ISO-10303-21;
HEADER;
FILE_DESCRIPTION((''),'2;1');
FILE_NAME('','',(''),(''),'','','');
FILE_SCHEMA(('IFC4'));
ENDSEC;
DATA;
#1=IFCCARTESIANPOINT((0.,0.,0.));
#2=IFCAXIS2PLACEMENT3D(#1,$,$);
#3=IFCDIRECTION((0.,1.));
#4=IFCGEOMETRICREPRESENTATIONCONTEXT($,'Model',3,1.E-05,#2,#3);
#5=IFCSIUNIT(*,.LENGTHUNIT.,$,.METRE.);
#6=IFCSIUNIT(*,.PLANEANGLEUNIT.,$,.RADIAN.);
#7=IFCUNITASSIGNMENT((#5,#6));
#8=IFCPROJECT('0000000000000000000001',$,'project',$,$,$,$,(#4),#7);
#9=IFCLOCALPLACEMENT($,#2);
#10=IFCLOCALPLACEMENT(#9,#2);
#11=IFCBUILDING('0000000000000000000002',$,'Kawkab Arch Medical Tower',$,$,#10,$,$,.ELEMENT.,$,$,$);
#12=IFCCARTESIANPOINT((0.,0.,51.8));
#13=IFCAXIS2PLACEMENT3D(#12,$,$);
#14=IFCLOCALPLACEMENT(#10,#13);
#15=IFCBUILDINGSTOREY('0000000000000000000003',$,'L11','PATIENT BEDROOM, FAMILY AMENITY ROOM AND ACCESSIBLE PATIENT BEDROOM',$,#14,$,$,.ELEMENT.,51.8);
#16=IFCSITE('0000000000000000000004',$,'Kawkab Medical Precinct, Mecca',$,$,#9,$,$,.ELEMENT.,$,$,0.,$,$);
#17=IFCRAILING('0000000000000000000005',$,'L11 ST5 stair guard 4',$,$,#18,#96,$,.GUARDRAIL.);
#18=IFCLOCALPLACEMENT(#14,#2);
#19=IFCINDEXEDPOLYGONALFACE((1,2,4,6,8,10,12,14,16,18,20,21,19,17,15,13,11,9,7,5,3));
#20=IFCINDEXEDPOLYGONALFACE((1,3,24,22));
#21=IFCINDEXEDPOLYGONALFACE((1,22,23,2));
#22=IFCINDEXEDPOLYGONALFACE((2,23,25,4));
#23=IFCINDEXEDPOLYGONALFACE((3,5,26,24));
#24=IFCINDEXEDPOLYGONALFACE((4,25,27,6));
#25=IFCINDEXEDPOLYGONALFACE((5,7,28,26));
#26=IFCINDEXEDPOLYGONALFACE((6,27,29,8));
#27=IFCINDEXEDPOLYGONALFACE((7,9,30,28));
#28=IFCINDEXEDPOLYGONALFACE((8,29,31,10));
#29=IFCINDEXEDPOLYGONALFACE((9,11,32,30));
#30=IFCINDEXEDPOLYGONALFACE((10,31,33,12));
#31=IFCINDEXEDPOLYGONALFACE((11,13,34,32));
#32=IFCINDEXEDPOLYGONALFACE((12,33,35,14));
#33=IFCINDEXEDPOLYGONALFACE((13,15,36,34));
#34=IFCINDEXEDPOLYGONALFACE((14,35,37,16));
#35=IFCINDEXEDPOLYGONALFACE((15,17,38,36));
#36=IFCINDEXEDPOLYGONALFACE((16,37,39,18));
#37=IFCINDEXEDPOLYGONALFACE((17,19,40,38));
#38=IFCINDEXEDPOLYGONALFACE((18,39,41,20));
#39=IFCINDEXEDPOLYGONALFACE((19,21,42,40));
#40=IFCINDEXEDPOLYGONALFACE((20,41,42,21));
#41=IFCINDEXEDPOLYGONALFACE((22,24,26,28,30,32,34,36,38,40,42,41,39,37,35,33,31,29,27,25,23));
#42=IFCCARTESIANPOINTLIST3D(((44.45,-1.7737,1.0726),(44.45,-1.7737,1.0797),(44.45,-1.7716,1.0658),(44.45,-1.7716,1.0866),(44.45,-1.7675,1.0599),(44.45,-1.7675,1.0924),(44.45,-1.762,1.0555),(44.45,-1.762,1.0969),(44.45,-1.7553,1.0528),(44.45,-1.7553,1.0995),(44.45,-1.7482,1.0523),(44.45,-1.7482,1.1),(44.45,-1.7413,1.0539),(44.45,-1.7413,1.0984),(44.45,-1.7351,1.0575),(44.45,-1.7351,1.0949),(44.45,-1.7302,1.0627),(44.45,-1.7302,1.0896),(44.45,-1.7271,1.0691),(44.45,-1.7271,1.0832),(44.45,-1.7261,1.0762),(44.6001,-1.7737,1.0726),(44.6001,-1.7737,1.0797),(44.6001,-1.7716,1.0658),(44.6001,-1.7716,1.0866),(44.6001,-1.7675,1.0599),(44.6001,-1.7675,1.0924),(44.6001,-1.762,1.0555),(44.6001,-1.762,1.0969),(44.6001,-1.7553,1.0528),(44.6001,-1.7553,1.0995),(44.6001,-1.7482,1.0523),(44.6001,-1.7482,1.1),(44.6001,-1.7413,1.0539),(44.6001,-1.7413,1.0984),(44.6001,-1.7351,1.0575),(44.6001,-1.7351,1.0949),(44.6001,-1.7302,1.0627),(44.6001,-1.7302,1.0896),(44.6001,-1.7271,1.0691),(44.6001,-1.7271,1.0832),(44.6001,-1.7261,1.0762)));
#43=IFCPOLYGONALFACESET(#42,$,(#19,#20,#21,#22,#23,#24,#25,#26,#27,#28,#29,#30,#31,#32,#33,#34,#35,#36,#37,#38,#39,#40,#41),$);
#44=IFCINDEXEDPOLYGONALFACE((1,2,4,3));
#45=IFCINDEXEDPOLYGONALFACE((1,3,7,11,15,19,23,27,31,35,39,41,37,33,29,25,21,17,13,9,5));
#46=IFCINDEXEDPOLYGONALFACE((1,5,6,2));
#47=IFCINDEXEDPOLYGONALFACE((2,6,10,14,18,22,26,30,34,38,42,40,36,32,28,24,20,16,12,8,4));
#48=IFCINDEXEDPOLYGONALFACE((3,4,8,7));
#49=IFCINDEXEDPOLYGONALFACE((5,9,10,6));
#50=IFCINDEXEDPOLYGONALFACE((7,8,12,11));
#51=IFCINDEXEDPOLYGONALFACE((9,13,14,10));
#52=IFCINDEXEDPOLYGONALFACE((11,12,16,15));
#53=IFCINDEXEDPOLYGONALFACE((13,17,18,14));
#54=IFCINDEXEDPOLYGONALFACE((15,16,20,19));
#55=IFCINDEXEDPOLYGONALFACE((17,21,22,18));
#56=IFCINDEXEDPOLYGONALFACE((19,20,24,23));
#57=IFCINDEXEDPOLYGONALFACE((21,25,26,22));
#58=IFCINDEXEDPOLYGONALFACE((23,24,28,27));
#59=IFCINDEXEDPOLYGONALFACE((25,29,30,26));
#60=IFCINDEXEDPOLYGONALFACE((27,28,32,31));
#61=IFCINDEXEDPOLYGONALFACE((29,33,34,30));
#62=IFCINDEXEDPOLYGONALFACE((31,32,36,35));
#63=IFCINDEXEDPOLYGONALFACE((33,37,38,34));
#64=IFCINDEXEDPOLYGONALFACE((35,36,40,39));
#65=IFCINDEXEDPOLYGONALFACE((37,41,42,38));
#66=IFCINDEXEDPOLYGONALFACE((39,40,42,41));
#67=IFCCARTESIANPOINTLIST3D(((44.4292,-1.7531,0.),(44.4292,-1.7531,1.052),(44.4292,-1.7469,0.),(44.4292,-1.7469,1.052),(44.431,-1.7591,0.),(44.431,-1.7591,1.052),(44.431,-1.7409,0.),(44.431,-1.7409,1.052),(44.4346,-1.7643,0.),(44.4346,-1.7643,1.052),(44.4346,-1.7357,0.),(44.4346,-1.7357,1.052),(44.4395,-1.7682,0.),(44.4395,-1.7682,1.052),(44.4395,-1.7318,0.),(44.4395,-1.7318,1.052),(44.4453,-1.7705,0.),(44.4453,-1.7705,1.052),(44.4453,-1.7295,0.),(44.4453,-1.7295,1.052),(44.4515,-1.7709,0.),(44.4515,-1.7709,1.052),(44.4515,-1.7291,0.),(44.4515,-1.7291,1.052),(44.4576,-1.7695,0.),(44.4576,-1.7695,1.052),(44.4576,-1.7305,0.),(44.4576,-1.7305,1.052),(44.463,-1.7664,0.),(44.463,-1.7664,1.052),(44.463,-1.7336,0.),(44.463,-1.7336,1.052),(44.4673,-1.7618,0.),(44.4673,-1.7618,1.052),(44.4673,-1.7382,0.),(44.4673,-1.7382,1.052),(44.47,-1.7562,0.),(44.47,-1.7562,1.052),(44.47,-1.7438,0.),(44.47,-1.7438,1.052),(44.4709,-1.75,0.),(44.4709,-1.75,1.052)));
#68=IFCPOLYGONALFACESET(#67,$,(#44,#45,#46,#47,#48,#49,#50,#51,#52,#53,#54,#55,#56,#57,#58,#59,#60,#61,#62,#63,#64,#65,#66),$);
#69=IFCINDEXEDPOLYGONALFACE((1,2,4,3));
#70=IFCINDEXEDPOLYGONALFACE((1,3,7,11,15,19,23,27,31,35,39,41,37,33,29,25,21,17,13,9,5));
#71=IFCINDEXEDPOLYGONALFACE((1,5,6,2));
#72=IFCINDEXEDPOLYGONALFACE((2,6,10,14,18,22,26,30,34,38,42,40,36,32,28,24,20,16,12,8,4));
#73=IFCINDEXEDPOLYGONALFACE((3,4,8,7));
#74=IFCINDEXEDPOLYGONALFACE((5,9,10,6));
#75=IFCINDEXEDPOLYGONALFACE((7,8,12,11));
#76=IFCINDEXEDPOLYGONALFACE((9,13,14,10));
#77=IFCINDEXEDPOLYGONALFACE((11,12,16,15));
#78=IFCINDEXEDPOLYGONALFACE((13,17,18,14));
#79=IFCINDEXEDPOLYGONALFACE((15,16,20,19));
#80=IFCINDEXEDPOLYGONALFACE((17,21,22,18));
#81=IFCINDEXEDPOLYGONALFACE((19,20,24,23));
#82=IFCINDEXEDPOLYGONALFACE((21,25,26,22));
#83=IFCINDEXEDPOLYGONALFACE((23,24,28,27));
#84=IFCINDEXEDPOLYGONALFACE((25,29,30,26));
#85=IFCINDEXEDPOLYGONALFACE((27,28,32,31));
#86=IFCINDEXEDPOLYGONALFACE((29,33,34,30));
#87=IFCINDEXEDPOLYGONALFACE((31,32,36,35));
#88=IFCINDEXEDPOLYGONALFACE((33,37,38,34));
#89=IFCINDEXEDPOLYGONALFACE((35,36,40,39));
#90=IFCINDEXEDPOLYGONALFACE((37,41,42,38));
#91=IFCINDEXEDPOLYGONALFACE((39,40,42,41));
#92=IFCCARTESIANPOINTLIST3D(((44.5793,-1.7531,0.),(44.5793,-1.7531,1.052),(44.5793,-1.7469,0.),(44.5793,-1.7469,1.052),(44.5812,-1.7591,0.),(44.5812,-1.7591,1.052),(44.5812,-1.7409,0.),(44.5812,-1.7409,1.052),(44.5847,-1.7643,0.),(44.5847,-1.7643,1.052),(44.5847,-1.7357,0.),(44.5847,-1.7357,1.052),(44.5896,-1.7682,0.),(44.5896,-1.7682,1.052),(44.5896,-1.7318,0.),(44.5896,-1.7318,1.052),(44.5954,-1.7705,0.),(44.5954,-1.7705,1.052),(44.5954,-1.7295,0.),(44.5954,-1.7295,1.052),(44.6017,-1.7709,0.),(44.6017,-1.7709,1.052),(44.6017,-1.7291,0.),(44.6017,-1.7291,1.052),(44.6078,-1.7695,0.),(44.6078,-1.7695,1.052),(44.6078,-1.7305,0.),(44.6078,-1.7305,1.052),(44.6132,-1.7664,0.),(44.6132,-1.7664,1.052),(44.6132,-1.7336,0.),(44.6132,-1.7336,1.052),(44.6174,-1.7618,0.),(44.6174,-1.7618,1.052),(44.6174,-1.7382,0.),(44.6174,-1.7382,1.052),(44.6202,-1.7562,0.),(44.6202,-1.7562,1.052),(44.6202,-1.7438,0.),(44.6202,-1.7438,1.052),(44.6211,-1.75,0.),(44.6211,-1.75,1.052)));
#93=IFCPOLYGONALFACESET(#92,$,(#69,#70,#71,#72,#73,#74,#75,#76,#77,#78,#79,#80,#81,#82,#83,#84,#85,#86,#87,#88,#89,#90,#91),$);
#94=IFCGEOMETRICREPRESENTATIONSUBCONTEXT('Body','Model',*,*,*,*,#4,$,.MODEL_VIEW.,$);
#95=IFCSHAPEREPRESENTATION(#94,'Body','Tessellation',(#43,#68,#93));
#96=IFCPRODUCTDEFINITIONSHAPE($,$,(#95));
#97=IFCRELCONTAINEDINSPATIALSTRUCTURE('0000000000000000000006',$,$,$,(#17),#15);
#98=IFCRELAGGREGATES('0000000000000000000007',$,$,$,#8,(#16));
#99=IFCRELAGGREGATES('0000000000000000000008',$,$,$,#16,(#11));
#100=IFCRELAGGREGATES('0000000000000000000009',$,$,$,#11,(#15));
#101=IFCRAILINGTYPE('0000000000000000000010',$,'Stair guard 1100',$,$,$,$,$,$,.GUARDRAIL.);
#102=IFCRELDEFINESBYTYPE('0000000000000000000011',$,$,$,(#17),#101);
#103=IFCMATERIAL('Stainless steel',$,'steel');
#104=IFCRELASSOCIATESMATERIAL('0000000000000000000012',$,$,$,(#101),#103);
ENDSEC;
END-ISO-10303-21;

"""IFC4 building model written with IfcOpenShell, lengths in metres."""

from ifc_helpers import new_model, si_unit, direction, frame, origin, origin_2d, place, context, subcontext, project, spatial, circle, extrude, material, type_object, element, save


model = new_model("IFC4")

# Units and contexts
model_context = context("Model", 3, precision=1e-05, world=origin(), true_north=direction((0.0, 1.0)))
body_context = subcontext(model_context, "Body", "Model", "MODEL_VIEW")
ifc_project = project(units=[si_unit("LENGTHUNIT", "METRE"), si_unit("PLANEANGLEUNIT", "RADIAN")], contexts=[model_context])

# Site, building, storey
site_placement = place(None, origin())
site = spatial("IfcSite", under=ifc_project, at=site_placement, Name="Kawkab Medical Precinct, Mecca", CompositionType="ELEMENT", RefElevation=0.0)
building_placement = place(site_placement, origin())
building = spatial("IfcBuilding", under=site, at=building_placement, Name="Kawkab Arch Medical Tower", CompositionType="ELEMENT")
storey_placement = place(building_placement, frame((0.0, 0.0, 51.8)))
storey = spatial("IfcBuildingStorey", under=building, at=storey_placement, Name="L11", Description="PATIENT BEDROOM, FAMILY AMENITY ROOM AND ACCESSIBLE PATIENT BEDROOM", CompositionType="ELEMENT", Elevation=51.8)

# Railing
ifc_material_1 = material(Name="Stainless steel", Category="steel")
railing_type = type_object("IfcRailingType", Name="Stair guard 1100", PredefinedType="GUARDRAIL", material=ifc_material_1)
railing_1_placement = place(storey_placement, frame((44.45, -1.75, 0.0)))
element("IfcRailing", 1, at=railing_1_placement, inside=storey, type_object=railing_type, Name="L11 ST5 stair guard 4", PredefinedType="GUARDRAIL", context=body_context, shape_type="SweptSolid", body=[
    extrude(circle(Radius=0.0239, at=origin_2d()), frame((0.0, 0.0, 1.0762), z_axis=(1.0, 0.0, 0.0), x_axis=(0.0, 1.0, 0.0)), (0.0, 0.0, 1.0), 0.1501),
    extrude(circle(Radius=0.021, at=origin_2d()), origin(), (0.0, 0.0, 1.0), 1.052),
    extrude(circle(Radius=0.021, at=origin_2d()), frame((0.1501, 0.0, 0.0)), (0.0, 0.0, 1.0), 1.052),
])

save(model, "model.ifc")
